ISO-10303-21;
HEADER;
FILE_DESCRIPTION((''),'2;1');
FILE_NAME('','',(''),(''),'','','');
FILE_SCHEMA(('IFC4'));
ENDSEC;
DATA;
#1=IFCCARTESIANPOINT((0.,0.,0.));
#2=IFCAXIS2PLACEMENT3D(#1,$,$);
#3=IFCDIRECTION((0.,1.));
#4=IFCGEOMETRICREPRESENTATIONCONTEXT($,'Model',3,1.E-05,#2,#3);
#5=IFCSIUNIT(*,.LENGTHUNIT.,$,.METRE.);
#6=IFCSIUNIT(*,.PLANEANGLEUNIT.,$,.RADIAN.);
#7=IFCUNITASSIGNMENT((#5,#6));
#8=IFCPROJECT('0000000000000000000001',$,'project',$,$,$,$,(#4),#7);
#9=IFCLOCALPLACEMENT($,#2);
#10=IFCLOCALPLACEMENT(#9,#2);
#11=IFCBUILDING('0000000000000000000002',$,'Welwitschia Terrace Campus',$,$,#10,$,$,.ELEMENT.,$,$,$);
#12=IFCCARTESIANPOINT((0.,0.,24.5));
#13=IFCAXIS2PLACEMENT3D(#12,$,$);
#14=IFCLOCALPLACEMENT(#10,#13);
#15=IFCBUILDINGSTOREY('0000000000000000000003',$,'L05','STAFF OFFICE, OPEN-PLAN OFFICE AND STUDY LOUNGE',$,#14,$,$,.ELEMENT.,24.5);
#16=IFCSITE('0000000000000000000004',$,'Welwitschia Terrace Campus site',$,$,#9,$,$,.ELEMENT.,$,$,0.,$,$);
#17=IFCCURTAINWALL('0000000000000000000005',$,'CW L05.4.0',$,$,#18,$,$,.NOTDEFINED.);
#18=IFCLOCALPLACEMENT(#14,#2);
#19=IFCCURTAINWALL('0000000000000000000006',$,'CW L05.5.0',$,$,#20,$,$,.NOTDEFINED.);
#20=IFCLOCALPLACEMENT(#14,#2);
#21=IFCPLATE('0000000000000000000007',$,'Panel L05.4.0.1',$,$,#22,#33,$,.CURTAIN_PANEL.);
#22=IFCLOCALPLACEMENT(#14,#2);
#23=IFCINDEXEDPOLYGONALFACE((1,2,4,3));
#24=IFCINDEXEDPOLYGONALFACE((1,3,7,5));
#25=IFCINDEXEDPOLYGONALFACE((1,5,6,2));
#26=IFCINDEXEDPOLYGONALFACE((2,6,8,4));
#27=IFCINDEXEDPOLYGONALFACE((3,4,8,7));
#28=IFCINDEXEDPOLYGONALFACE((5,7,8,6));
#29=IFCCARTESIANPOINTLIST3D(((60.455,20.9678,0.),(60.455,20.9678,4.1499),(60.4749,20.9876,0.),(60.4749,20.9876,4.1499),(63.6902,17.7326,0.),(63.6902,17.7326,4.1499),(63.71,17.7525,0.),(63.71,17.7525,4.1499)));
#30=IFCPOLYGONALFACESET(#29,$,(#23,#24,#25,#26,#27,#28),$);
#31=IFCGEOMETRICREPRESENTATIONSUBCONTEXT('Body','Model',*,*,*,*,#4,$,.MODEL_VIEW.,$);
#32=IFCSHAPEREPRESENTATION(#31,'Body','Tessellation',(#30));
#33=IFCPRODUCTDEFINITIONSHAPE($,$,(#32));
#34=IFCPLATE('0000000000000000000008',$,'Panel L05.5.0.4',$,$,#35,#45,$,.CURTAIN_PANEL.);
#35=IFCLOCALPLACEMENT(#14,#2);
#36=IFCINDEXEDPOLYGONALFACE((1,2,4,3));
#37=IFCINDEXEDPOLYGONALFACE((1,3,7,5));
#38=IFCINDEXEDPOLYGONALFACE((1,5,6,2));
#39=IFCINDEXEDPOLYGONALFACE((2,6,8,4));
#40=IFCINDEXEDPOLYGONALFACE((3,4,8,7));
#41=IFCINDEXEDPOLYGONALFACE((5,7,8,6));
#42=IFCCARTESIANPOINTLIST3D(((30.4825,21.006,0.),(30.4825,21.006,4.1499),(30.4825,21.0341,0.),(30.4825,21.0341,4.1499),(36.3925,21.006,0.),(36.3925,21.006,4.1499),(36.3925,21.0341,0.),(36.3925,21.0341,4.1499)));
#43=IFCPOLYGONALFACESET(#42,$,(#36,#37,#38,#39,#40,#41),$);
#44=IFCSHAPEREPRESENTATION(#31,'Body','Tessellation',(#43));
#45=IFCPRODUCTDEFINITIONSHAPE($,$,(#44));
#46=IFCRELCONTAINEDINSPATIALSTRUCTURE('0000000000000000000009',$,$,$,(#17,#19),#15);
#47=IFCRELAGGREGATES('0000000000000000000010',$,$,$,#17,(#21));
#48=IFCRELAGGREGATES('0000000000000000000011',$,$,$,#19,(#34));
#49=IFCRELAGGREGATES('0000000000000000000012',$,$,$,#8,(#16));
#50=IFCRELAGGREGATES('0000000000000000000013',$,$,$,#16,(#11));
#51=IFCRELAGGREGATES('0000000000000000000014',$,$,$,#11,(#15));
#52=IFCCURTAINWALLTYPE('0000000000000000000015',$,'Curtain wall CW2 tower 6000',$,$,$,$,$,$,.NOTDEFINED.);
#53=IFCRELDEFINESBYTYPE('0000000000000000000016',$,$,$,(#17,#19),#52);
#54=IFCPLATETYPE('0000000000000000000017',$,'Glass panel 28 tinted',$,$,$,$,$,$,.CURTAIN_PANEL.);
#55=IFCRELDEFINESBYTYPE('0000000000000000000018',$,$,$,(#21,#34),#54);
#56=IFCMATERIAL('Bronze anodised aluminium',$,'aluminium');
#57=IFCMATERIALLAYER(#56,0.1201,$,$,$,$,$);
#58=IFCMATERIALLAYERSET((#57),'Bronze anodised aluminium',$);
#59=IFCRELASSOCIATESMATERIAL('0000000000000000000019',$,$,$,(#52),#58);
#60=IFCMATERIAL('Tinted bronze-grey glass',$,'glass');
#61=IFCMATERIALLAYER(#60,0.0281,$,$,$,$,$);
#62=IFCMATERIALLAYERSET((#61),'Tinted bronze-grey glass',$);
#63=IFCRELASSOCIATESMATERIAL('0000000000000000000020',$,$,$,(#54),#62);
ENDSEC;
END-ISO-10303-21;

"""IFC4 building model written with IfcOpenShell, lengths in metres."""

from ifc_helpers import new_model, si_unit, direction, frame, origin, origin_2d, place, context, subcontext, project, spatial, rectangle, extrude, material, layer, layer_set, type_object, element, aggregate, save


model = new_model("IFC4")

# Units and contexts
model_context = context("Model", 3, precision=1e-05, world=origin(), true_north=direction((0.0, 1.0)))
body_context = subcontext(model_context, "Body", "Model", "MODEL_VIEW")
ifc_project = project(units=[si_unit("LENGTHUNIT", "METRE"), si_unit("PLANEANGLEUNIT", "RADIAN")], contexts=[model_context])

# Site, building, storey
site_placement = place(None, origin())
site = spatial("IfcSite", under=ifc_project, at=site_placement, Name="Welwitschia Terrace Campus site", CompositionType="ELEMENT", RefElevation=0.0)
building_placement = place(site_placement, origin())
building = spatial("IfcBuilding", under=site, at=building_placement, Name="Welwitschia Terrace Campus", CompositionType="ELEMENT")
storey_placement = place(building_placement, frame((0.0, 0.0, 24.5)))
storey = spatial("IfcBuildingStorey", under=building, at=storey_placement, Name="L05", Description="STAFF OFFICE, OPEN-PLAN OFFICE AND STUDY LOUNGE", CompositionType="ELEMENT", Elevation=24.5)

# Curtain wall
ifc_material_1 = material(Name="Bronze anodised aluminium", Category="aluminium")
ifc_layer_1 = layer(ifc_material_1, 0.1201)
ifc_layer_set_1 = layer_set([ifc_layer_1], Name="Bronze anodised aluminium")
curtain_wall_type = type_object("IfcCurtainWallType", Name="Curtain wall CW2 tower 6000", PredefinedType="NOTDEFINED", material=ifc_layer_set_1)
curtain_wall_1_placement = place(storey_placement, origin())
curtain_wall_1 = element("IfcCurtainWall", 1, at=curtain_wall_1_placement, inside=storey, type_object=curtain_wall_type, Name="CW L05.4.0", PredefinedType="NOTDEFINED")

# Curtain wall
curtain_wall_2_placement = place(storey_placement, origin())
curtain_wall_2 = element("IfcCurtainWall", 2, at=curtain_wall_2_placement, inside=storey, type_object=curtain_wall_type, Name="CW L05.5.0", PredefinedType="NOTDEFINED")

# Plates
ifc_material_2 = material(Name="Tinted bronze-grey glass", Category="glass")
ifc_layer_2 = layer(ifc_material_2, 0.0281)
ifc_layer_set_2 = layer_set([ifc_layer_2], Name="Tinted bronze-grey glass")
plate_type = type_object("IfcPlateType", Name="Glass panel 28 tinted", PredefinedType="CURTAIN_PANEL", material=ifc_layer_set_2)
plate_1_placement = place(storey_placement, frame((62.0825, 19.3601, 0.0), z_axis=(0.0, 0.0, 1.0), x_axis=(-0.707107, 0.707107, 0.0)))
plate_1 = element("IfcPlate", 3, at=plate_1_placement, type_object=plate_type, Name="Panel L05.4.0.1", PredefinedType="CURTAIN_PANEL", context=body_context, shape_type="SweptSolid", body=[
    extrude(rectangle(XDim=4.5752, YDim=0.0281, at=origin_2d()), origin(), (0.0, 0.0, 1.0), 4.1499),
])
aggregate(curtain_wall_1, [plate_1])
plate_2_placement = place(storey_placement, frame((33.4375, 21.02, 0.0), z_axis=(0.0, 0.0, 1.0), x_axis=(-1.0, 0.0, 0.0)))
plate_2 = element("IfcPlate", 4, at=plate_2_placement, type_object=plate_type, Name="Panel L05.5.0.4", PredefinedType="CURTAIN_PANEL", context=body_context, shape_type="SweptSolid", body=[
    extrude(rectangle(XDim=5.9099, YDim=0.0281, at=origin_2d()), origin(), (0.0, 0.0, 1.0), 4.1499),
])
aggregate(curtain_wall_2, [plate_2])

save(model, "model.ifc")
